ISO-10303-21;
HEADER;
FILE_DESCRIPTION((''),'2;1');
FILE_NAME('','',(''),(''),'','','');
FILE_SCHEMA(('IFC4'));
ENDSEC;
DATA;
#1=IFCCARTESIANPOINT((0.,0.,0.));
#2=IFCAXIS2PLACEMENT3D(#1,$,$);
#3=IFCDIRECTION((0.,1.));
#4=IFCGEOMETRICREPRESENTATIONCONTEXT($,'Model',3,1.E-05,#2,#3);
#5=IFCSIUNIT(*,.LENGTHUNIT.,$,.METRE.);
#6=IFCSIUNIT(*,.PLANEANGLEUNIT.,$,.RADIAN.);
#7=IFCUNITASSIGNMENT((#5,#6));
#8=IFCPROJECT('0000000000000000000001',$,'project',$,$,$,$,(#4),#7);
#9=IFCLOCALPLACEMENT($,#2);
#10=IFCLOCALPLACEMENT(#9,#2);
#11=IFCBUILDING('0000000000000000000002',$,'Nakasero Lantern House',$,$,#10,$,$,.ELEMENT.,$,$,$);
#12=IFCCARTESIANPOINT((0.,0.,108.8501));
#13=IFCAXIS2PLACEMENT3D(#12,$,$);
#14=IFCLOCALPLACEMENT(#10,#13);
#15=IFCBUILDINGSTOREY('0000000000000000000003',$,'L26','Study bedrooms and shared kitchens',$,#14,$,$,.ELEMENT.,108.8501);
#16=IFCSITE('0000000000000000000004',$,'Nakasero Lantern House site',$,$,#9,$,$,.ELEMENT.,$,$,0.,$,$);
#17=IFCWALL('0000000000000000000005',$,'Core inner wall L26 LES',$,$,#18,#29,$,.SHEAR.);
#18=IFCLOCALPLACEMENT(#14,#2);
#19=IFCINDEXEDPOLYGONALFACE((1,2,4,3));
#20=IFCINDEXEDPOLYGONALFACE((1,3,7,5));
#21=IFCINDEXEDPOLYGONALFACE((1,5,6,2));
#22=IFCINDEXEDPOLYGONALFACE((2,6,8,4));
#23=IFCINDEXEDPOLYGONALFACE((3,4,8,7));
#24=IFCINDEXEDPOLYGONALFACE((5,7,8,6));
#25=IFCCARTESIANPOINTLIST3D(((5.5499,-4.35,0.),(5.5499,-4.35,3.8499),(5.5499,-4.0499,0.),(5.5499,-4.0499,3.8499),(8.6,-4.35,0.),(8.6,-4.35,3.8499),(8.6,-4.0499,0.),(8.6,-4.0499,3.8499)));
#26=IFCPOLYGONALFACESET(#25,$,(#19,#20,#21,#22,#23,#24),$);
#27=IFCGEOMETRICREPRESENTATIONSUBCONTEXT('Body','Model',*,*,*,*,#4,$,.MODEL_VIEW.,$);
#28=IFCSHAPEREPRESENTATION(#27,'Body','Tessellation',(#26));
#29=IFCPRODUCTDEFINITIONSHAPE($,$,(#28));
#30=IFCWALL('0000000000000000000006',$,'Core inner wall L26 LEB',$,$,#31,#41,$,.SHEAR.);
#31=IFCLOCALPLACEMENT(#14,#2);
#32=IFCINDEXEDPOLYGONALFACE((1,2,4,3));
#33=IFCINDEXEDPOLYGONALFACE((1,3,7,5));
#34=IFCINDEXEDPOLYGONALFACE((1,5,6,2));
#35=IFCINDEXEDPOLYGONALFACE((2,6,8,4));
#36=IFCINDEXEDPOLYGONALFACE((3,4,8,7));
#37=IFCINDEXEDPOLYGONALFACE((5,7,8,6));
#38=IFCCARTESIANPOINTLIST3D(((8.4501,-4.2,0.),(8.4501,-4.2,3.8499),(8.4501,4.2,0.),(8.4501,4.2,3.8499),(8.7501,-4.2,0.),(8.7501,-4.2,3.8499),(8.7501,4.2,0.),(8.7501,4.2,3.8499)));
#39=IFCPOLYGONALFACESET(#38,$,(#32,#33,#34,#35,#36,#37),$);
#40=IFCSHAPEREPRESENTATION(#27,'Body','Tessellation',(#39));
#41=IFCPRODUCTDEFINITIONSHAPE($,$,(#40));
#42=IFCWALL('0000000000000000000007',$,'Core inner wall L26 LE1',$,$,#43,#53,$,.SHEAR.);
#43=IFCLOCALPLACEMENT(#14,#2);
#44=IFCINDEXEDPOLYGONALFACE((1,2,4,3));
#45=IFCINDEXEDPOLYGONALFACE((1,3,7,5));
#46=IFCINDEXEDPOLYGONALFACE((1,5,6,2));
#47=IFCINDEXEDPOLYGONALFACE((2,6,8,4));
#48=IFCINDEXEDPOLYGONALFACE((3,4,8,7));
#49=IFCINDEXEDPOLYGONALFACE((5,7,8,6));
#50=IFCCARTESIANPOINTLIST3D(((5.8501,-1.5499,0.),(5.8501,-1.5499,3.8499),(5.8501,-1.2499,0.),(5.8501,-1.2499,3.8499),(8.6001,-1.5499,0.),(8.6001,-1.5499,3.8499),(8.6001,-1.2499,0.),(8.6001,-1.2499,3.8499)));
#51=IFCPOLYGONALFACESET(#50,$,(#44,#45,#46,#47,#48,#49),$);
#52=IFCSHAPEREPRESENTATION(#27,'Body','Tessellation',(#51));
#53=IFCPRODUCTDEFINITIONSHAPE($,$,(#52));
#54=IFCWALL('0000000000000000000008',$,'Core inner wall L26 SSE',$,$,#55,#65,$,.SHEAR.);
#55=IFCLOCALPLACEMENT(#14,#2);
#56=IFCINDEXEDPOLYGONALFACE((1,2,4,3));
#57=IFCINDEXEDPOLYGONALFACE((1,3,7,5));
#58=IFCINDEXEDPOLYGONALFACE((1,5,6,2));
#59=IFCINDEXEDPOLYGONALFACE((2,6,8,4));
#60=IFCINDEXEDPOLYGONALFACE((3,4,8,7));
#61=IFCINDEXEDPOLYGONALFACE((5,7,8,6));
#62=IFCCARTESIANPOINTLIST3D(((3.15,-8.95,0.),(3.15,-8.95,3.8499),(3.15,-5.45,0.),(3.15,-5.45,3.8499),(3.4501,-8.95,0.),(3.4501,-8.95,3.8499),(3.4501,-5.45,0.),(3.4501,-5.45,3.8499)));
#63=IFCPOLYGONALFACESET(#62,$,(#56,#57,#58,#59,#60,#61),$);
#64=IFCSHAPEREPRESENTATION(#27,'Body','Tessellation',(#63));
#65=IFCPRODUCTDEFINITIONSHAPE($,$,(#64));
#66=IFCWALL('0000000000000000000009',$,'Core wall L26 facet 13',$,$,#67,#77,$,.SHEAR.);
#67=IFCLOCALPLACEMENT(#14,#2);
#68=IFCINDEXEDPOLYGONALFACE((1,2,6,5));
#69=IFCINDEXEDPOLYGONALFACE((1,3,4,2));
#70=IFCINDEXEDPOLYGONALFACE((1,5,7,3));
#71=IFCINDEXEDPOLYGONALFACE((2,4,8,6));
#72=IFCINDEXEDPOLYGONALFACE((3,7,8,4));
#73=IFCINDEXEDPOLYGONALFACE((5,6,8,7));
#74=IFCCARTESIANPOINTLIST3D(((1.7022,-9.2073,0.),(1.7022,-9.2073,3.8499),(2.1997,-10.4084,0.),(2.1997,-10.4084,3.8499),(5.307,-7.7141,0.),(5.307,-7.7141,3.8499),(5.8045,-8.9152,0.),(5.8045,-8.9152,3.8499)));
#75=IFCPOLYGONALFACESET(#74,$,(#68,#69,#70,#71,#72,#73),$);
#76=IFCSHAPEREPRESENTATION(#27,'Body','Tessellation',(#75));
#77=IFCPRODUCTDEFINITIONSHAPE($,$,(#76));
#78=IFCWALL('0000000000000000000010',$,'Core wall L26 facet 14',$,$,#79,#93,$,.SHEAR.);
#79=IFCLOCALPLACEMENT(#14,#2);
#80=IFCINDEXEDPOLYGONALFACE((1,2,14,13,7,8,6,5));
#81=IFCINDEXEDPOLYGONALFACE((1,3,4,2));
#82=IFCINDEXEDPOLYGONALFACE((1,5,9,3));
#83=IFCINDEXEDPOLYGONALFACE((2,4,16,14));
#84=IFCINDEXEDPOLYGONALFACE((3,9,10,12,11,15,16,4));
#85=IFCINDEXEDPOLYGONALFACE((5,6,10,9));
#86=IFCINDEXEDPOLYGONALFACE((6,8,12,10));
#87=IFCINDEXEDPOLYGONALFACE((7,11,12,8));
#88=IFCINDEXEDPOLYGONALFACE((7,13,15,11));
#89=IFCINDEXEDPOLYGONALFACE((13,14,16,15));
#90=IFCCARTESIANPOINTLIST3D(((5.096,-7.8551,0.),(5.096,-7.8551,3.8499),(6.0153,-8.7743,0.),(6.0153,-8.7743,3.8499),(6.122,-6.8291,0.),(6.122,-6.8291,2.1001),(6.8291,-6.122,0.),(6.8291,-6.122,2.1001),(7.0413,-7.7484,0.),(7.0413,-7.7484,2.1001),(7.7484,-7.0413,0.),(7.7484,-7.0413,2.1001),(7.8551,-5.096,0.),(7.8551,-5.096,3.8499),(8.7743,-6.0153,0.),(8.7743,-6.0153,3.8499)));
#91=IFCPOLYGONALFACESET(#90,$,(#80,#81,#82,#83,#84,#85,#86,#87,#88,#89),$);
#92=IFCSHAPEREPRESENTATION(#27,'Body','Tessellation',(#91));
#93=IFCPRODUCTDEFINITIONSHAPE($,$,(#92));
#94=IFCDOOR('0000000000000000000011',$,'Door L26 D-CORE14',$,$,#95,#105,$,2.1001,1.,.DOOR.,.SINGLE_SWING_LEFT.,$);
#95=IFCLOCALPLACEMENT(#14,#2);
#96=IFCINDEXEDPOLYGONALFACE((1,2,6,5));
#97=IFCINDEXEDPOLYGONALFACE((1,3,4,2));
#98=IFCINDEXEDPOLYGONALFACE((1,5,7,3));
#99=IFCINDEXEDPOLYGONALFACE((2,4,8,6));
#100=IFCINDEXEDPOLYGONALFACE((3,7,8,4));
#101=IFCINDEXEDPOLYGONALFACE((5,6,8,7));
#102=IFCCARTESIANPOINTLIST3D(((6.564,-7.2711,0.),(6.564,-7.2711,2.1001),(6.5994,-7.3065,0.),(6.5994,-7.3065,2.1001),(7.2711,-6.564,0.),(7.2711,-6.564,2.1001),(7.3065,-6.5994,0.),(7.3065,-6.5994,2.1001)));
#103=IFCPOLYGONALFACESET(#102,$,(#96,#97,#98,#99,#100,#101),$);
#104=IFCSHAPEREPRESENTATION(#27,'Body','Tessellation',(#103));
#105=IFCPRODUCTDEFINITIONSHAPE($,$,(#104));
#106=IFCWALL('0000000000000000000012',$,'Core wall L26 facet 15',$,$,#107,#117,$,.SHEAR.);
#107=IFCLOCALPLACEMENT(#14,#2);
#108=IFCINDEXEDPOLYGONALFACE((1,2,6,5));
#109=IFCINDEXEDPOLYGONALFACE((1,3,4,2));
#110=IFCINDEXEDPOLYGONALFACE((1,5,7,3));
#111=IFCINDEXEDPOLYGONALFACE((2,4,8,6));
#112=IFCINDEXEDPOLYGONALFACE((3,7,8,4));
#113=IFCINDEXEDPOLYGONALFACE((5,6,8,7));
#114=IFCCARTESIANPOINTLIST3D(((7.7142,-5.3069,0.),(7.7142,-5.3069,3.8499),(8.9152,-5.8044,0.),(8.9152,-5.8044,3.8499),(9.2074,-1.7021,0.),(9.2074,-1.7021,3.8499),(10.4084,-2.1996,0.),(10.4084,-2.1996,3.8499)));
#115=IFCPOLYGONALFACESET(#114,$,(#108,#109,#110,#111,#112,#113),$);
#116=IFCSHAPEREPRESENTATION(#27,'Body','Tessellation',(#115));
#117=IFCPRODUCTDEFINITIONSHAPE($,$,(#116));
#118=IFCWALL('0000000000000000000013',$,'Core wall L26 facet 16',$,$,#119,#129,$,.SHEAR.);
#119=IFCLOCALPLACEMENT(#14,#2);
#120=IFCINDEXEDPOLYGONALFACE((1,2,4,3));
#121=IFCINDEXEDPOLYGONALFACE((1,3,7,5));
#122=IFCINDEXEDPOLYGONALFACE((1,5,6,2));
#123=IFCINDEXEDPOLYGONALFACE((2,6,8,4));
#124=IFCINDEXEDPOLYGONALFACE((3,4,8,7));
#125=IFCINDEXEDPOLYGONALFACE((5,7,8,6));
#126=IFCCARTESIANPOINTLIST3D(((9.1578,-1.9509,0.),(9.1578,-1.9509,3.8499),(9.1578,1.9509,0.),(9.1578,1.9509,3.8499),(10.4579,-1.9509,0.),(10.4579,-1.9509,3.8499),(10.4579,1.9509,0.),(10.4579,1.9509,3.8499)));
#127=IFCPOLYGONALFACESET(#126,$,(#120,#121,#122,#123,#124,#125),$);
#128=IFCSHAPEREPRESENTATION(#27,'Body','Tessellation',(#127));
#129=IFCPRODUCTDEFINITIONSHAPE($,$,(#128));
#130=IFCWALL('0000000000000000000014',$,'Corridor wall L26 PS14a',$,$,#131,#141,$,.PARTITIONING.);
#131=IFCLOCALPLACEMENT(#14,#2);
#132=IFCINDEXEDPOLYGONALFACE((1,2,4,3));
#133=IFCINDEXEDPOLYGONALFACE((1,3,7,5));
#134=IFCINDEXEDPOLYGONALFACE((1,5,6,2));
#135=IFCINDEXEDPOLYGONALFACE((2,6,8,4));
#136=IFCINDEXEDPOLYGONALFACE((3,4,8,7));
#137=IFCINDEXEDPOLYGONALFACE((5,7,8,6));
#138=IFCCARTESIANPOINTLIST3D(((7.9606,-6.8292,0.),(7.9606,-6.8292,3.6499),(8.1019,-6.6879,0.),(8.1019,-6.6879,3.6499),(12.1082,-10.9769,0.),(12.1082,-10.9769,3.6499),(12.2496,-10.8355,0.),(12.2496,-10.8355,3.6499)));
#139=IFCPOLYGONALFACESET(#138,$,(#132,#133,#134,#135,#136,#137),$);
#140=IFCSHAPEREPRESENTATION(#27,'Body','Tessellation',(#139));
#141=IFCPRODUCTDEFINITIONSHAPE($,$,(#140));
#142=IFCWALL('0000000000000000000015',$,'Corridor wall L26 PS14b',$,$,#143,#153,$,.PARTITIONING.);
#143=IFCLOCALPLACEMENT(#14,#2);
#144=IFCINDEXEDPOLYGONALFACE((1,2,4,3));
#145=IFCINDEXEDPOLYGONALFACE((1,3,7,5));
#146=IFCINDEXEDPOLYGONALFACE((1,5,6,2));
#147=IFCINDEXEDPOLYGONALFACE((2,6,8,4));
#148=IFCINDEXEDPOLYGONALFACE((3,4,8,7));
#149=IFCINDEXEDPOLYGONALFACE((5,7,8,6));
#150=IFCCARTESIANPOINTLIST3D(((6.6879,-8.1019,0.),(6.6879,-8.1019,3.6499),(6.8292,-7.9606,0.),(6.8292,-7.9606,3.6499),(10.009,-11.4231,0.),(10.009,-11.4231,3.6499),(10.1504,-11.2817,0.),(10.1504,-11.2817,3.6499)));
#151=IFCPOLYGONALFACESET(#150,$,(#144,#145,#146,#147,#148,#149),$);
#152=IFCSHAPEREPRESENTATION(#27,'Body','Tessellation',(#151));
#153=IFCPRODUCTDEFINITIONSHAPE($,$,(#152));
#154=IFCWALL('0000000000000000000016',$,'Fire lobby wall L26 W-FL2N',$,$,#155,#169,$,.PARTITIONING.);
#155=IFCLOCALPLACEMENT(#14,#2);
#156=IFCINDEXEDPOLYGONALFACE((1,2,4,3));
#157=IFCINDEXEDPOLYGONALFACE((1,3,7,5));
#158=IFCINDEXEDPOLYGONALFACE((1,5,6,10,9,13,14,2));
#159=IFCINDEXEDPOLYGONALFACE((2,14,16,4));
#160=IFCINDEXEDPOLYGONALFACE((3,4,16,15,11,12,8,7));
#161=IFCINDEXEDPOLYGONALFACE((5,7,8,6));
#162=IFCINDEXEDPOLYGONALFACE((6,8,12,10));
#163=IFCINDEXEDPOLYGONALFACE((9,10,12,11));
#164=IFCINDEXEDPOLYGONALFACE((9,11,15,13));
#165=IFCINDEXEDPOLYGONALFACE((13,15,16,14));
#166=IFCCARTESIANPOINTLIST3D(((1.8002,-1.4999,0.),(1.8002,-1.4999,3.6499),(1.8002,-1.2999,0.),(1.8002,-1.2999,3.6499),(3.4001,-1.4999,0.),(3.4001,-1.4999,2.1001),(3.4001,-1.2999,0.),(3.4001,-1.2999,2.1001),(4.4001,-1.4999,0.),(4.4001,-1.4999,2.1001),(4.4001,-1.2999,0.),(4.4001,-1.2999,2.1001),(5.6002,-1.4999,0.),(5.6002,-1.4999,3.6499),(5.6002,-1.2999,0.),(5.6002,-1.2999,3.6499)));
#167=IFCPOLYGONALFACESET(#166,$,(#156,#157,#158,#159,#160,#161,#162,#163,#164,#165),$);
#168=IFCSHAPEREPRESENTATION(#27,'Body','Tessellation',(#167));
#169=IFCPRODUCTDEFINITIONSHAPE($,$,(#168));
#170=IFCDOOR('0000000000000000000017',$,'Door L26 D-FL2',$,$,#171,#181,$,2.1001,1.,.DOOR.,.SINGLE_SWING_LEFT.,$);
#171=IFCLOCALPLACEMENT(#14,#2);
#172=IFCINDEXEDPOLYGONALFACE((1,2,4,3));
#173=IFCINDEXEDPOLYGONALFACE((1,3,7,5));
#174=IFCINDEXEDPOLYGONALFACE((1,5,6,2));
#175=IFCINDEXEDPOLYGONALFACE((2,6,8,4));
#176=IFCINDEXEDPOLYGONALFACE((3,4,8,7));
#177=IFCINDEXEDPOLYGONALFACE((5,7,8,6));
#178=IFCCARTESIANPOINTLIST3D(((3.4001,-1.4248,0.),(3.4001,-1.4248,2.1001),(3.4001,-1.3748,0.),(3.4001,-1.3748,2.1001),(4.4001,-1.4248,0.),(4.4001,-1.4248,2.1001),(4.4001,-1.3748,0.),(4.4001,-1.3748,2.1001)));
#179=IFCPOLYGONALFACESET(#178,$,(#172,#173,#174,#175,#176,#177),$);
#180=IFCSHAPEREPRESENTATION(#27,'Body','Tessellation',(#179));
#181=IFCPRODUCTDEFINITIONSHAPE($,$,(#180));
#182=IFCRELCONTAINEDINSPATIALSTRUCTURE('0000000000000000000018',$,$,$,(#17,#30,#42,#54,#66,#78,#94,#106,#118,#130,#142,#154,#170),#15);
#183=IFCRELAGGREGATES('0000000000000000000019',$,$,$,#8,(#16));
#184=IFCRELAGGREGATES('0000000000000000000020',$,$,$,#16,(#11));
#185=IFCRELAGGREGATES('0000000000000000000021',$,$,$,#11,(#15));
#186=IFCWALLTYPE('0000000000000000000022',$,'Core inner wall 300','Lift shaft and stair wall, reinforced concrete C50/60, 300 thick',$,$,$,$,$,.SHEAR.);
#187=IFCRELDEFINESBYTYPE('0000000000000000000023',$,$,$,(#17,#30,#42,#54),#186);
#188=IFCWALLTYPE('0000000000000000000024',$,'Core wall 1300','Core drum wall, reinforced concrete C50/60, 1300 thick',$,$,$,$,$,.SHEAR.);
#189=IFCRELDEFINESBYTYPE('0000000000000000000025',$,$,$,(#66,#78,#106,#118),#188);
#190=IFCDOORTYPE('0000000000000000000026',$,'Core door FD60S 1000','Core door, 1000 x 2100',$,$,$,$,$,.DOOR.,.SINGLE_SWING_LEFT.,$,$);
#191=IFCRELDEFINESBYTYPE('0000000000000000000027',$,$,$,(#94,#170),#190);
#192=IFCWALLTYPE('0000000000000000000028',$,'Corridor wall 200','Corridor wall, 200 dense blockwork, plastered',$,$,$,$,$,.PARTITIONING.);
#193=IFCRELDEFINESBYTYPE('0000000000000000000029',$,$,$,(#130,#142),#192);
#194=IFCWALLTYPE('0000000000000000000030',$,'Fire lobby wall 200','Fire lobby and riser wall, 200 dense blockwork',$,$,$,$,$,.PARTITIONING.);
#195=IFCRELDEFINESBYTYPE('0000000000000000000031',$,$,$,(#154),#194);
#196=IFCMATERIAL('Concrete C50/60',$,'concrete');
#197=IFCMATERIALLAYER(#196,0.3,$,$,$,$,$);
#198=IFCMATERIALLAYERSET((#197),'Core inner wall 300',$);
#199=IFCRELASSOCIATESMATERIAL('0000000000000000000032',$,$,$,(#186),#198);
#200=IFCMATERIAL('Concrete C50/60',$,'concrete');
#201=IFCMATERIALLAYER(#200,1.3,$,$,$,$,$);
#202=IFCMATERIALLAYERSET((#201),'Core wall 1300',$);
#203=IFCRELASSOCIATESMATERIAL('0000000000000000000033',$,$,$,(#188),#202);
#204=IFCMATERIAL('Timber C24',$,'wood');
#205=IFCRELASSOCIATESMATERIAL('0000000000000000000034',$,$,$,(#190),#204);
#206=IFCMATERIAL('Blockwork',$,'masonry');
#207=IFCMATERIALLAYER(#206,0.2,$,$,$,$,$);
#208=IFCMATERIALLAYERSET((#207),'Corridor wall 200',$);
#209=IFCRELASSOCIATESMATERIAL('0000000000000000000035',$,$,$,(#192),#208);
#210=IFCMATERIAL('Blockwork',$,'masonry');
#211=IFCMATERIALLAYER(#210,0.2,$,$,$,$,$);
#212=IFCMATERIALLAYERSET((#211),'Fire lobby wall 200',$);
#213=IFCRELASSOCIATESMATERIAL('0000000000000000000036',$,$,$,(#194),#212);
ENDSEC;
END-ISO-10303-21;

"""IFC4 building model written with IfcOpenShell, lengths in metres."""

from ifc_helpers import new_model, si_unit, direction, frame, frame_2d, origin, place, context, subcontext, project, spatial, rectangle, extrude, material, layer, layer_set, type_object, element, fill, save


model = new_model("IFC4")

# Units and contexts
model_context = context("Model", 3, precision=1e-05, world=origin(), true_north=direction((0.0, 1.0)))
body_context = subcontext(model_context, "Body", "Model", "MODEL_VIEW")
ifc_project = project(units=[si_unit("LENGTHUNIT", "METRE"), si_unit("PLANEANGLEUNIT", "RADIAN")], contexts=[model_context])

# Site, building, storey
site_placement = place(None, origin())
site = spatial("IfcSite", under=ifc_project, at=site_placement, Name="Nakasero Lantern House site", CompositionType="ELEMENT", RefElevation=0.0)
building_placement = place(site_placement, origin())
building = spatial("IfcBuilding", under=site, at=building_placement, Name="Nakasero Lantern House", CompositionType="ELEMENT")
storey_placement = place(building_placement, frame((0.0, 0.0, 108.8501)))
storey = spatial("IfcBuildingStorey", under=building, at=storey_placement, Name="L26", Description="Study bedrooms and shared kitchens", CompositionType="ELEMENT", Elevation=108.8501)

# Shared definitions
ifc_material_1 = material(Name="Concrete C50/60", Category="concrete")
ifc_layer_1 = layer(ifc_material_1, 0.3)
ifc_layer_set_1 = layer_set([ifc_layer_1], Name="Core inner wall 300")
wall_type_1 = type_object("IfcWallType", Name="Core inner wall 300", Description="Lift shaft and stair wall, reinforced concrete C50/60, 300 thick", PredefinedType="SHEAR", material=ifc_layer_set_1)

# Walls
wall_1_placement = place(storey_placement, frame((5.55, -4.2, 0.0), z_axis=(0.0, 0.0, 1.0), x_axis=(1.0, 0.0, 0.0)))
element("IfcWall", 1, at=wall_1_placement, inside=storey, type_object=wall_type_1, Name="Core inner wall L26 LES", PredefinedType="SHEAR", context=body_context, shape_type="SweptSolid", body=[
    extrude(rectangle(XDim=3.05, YDim=0.3, at=frame_2d((1.5249, 0.0))), origin(), (0.0, 0.0, 1.0), 3.8499),
])
wall_2_placement = place(storey_placement, frame((8.6001, -4.2, 0.0), z_axis=(0.0, 0.0, 1.0), x_axis=(0.0, 1.0, 0.0)))
element("IfcWall", 2, at=wall_2_placement, inside=storey, type_object=wall_type_1, Name="Core inner wall L26 LEB", PredefinedType="SHEAR", context=body_context, shape_type="SweptSolid", body=[
    extrude(rectangle(XDim=8.3999, YDim=0.3, at=frame_2d((4.2, 0.0))), origin(), (0.0, 0.0, 1.0), 3.8499),
])
wall_3_placement = place(storey_placement, frame((5.8501, -1.3999, 0.0), z_axis=(0.0, 0.0, 1.0), x_axis=(1.0, 0.0, 0.0)))
element("IfcWall", 3, at=wall_3_placement, inside=storey, type_object=wall_type_1, Name="Core inner wall L26 LE1", PredefinedType="SHEAR", context=body_context, shape_type="SweptSolid", body=[
    extrude(rectangle(XDim=2.75, YDim=0.3, at=frame_2d((1.375, 0.0))), origin(), (0.0, 0.0, 1.0), 3.8499),
])
wall_4_placement = place(storey_placement, frame((3.3, -5.45, 0.0), z_axis=(0.0, 0.0, 1.0), x_axis=(0.0, -1.0, 0.0)))
element("IfcWall", 4, at=wall_4_placement, inside=storey, type_object=wall_type_1, Name="Core inner wall L26 SSE", PredefinedType="SHEAR", context=body_context, shape_type="SweptSolid", body=[
    extrude(rectangle(XDim=3.5, YDim=0.3, at=frame_2d((1.75, 0.0))), origin(), (0.0, 0.0, 1.0), 3.8499),
])
ifc_material_2 = material(Name="Concrete C50/60", Category="concrete")
ifc_layer_2 = layer(ifc_material_2, 1.3)
ifc_layer_set_2 = layer_set([ifc_layer_2], Name="Core wall 1300")
wall_type_2 = type_object("IfcWallType", Name="Core wall 1300", Description="Core drum wall, reinforced concrete C50/60, 1300 thick", PredefinedType="SHEAR", material=ifc_layer_set_2)
wall_5_placement = place(storey_placement, frame((1.9509, -9.8079, 0.0), z_axis=(0.0, 0.0, 1.0), x_axis=(0.923877, 0.382691, 0.0)))
element("IfcWall", 5, at=wall_5_placement, inside=storey, type_object=wall_type_2, Name="Core wall L26 facet 13", PredefinedType="SHEAR", context=body_context, shape_type="SweptSolid", body=[
    extrude(rectangle(XDim=3.9019, YDim=1.3, at=frame_2d((1.9509, 0.0))), origin(), (0.0, 0.0, 1.0), 3.8499),
])

# Wall, opening, door
wall_6_placement = place(storey_placement, frame((5.5557, -8.3147, 0.0), z_axis=(0.0, 0.0, 1.0), x_axis=(0.707107, 0.707107, 0.0)))
wall_6 = element("IfcWall", 6, at=wall_6_placement, inside=storey, type_object=wall_type_2, Name="Core wall L26 facet 14", PredefinedType="SHEAR", context=body_context, shape_type="SweptSolid", body=[
    extrude(rectangle(XDim=3.9019, YDim=1.3, at=frame_2d((1.9509, 0.0))), origin(), (0.0, 0.0, 1.0), 3.8499),
])
opening_1_placement = place(wall_6_placement, frame((1.4509, 0.0, 0.0)))
opening_1 = element("IfcOpeningElement", 7, at=opening_1_placement, cuts=wall_6, PredefinedType="OPENING", context=body_context, shape_type="SweptSolid", body=[
    extrude(rectangle(XDim=1.0, YDim=2.1001, at=frame_2d((0.5, 1.05))), frame((0.0, 0.6699, 0.0), z_axis=(0.0, -1.0, 0.0), x_axis=(1.0, 0.0, 0.0)), (0.0, 0.0, 1.0), 1.3401),
])
ifc_material_3 = material(Name="Timber C24", Category="wood")
door_type_1 = type_object("IfcDoorType", Name="Core door FD60S 1000", Description="Core door, 1000 x 2100", OperationType="SINGLE_SWING_LEFT", PredefinedType="DOOR", material=ifc_material_3)
door_1_placement = place(opening_1_placement, origin())
door_1 = element("IfcDoor", 8, at=door_1_placement, inside=storey, type_object=door_type_1, Name="Door L26 D-CORE14", OperationType="SINGLE_SWING_LEFT", OverallHeight=2.1001, OverallWidth=1.0, PredefinedType="DOOR", context=body_context, shape_type="SweptSolid", body=[
    extrude(rectangle(XDim=1.0, YDim=2.1001, at=frame_2d((0.5, 1.05))), frame((0.0, 0.0249, 0.0), z_axis=(0.0, -1.0, 0.0), x_axis=(1.0, 0.0, 0.0)), (0.0, 0.0, 1.0), 0.05),
])
fill(opening_1, door_1)

# Walls
for number, where, z_axis, x_axis, name in (
    (9, (8.3147, -5.5557, 0.0), (0.0, 0.0, 1.0), (0.382691, 0.923877, 0.0), "Core wall L26 facet 15"),
    (10, (9.8079, -1.9509, 0.0), (0.0, 0.0, 1.0), (0.0, 1.0, 0.0), "Core wall L26 facet 16"),
):
    element("IfcWall", number, at=place(storey_placement, frame(where, z_axis=z_axis, x_axis=x_axis)), inside=storey, type_object=wall_type_2, Name=name, PredefinedType="SHEAR", context=body_context, shape_type="SweptSolid", body=[
        extrude(rectangle(XDim=3.9019, YDim=1.3, at=frame_2d((1.9509, 0.0))), origin(), (0.0, 0.0, 1.0), 3.8499),
    ])
ifc_material_4 = material(Name="Blockwork", Category="masonry")
ifc_layer_3 = layer(ifc_material_4, 0.2)
ifc_layer_set_3 = layer_set([ifc_layer_3], Name="Corridor wall 200")
wall_type_3 = type_object("IfcWallType", Name="Corridor wall 200", Description="Corridor wall, 200 dense blockwork, plastered", PredefinedType="PARTITIONING", material=ifc_layer_set_3)
wall_7_placement = place(storey_placement, frame((8.0312, -6.7585, 0.0), z_axis=(0.0, 0.0, 1.0), x_axis=(0.707107, -0.707107, 0.0)))
element("IfcWall", 11, at=wall_7_placement, inside=storey, type_object=wall_type_3, Name="Corridor wall L26 PS14a", PredefinedType="PARTITIONING", context=body_context, shape_type="SweptSolid", body=[
    extrude(rectangle(XDim=5.8657, YDim=0.2, at=frame_2d((2.9329, 0.0))), origin(), (0.0, 0.0, 1.0), 3.6499),
])
wall_8_placement = place(storey_placement, frame((6.7585, -8.0312, 0.0), z_axis=(0.0, 0.0, 1.0), x_axis=(0.707107, -0.707107, 0.0)))
element("IfcWall", 12, at=wall_8_placement, inside=storey, type_object=wall_type_3, Name="Corridor wall L26 PS14b", PredefinedType="PARTITIONING", context=body_context, shape_type="SweptSolid", body=[
    extrude(rectangle(XDim=4.6968, YDim=0.2, at=frame_2d((2.3484, 0.0))), origin(), (0.0, 0.0, 1.0), 3.6499),
])

# Wall, opening, door
ifc_material_5 = material(Name="Blockwork", Category="masonry")
ifc_layer_4 = layer(ifc_material_5, 0.2)
ifc_layer_set_4 = layer_set([ifc_layer_4], Name="Fire lobby wall 200")
wall_type_4 = type_object("IfcWallType", Name="Fire lobby wall 200", Description="Fire lobby and riser wall, 200 dense blockwork", PredefinedType="PARTITIONING", material=ifc_layer_set_4)
wall_9_placement = place(storey_placement, frame((5.6001, -1.3999, 0.0), z_axis=(0.0, 0.0, 1.0), x_axis=(-1.0, 0.0, 0.0)))
wall_9 = element("IfcWall", 13, at=wall_9_placement, inside=storey, type_object=wall_type_4, Name="Fire lobby wall L26 W-FL2N", PredefinedType="PARTITIONING", context=body_context, shape_type="SweptSolid", body=[
    extrude(rectangle(XDim=3.8, YDim=0.2, at=frame_2d((1.8999, 0.0))), origin(), (0.0, 0.0, 1.0), 3.6499),
])
opening_2_placement = place(wall_9_placement, frame((1.2, 0.0, 0.0)))
opening_2 = element("IfcOpeningElement", 14, at=opening_2_placement, cuts=wall_9, PredefinedType="OPENING", context=body_context, shape_type="SweptSolid", body=[
    extrude(rectangle(XDim=1.0, YDim=2.1001, at=frame_2d((0.5, 1.05))), frame((0.0, 0.1199, 0.0), z_axis=(0.0, -1.0, 0.0), x_axis=(1.0, 0.0, 0.0)), (0.0, 0.0, 1.0), 0.24),
])
door_2_placement = place(opening_2_placement, origin())
door_2 = element("IfcDoor", 15, at=door_2_placement, inside=storey, type_object=door_type_1, Name="Door L26 D-FL2", OperationType="SINGLE_SWING_LEFT", OverallHeight=2.1001, OverallWidth=1.0, PredefinedType="DOOR", context=body_context, shape_type="SweptSolid", body=[
    extrude(rectangle(XDim=1.0, YDim=2.1001, at=frame_2d((0.5, 1.05))), frame((0.0, 0.0249, 0.0), z_axis=(0.0, -1.0, 0.0), x_axis=(1.0, 0.0, 0.0)), (0.0, 0.0, 1.0), 0.05),
])
fill(opening_2, door_2)

save(model, "model.ifc")
